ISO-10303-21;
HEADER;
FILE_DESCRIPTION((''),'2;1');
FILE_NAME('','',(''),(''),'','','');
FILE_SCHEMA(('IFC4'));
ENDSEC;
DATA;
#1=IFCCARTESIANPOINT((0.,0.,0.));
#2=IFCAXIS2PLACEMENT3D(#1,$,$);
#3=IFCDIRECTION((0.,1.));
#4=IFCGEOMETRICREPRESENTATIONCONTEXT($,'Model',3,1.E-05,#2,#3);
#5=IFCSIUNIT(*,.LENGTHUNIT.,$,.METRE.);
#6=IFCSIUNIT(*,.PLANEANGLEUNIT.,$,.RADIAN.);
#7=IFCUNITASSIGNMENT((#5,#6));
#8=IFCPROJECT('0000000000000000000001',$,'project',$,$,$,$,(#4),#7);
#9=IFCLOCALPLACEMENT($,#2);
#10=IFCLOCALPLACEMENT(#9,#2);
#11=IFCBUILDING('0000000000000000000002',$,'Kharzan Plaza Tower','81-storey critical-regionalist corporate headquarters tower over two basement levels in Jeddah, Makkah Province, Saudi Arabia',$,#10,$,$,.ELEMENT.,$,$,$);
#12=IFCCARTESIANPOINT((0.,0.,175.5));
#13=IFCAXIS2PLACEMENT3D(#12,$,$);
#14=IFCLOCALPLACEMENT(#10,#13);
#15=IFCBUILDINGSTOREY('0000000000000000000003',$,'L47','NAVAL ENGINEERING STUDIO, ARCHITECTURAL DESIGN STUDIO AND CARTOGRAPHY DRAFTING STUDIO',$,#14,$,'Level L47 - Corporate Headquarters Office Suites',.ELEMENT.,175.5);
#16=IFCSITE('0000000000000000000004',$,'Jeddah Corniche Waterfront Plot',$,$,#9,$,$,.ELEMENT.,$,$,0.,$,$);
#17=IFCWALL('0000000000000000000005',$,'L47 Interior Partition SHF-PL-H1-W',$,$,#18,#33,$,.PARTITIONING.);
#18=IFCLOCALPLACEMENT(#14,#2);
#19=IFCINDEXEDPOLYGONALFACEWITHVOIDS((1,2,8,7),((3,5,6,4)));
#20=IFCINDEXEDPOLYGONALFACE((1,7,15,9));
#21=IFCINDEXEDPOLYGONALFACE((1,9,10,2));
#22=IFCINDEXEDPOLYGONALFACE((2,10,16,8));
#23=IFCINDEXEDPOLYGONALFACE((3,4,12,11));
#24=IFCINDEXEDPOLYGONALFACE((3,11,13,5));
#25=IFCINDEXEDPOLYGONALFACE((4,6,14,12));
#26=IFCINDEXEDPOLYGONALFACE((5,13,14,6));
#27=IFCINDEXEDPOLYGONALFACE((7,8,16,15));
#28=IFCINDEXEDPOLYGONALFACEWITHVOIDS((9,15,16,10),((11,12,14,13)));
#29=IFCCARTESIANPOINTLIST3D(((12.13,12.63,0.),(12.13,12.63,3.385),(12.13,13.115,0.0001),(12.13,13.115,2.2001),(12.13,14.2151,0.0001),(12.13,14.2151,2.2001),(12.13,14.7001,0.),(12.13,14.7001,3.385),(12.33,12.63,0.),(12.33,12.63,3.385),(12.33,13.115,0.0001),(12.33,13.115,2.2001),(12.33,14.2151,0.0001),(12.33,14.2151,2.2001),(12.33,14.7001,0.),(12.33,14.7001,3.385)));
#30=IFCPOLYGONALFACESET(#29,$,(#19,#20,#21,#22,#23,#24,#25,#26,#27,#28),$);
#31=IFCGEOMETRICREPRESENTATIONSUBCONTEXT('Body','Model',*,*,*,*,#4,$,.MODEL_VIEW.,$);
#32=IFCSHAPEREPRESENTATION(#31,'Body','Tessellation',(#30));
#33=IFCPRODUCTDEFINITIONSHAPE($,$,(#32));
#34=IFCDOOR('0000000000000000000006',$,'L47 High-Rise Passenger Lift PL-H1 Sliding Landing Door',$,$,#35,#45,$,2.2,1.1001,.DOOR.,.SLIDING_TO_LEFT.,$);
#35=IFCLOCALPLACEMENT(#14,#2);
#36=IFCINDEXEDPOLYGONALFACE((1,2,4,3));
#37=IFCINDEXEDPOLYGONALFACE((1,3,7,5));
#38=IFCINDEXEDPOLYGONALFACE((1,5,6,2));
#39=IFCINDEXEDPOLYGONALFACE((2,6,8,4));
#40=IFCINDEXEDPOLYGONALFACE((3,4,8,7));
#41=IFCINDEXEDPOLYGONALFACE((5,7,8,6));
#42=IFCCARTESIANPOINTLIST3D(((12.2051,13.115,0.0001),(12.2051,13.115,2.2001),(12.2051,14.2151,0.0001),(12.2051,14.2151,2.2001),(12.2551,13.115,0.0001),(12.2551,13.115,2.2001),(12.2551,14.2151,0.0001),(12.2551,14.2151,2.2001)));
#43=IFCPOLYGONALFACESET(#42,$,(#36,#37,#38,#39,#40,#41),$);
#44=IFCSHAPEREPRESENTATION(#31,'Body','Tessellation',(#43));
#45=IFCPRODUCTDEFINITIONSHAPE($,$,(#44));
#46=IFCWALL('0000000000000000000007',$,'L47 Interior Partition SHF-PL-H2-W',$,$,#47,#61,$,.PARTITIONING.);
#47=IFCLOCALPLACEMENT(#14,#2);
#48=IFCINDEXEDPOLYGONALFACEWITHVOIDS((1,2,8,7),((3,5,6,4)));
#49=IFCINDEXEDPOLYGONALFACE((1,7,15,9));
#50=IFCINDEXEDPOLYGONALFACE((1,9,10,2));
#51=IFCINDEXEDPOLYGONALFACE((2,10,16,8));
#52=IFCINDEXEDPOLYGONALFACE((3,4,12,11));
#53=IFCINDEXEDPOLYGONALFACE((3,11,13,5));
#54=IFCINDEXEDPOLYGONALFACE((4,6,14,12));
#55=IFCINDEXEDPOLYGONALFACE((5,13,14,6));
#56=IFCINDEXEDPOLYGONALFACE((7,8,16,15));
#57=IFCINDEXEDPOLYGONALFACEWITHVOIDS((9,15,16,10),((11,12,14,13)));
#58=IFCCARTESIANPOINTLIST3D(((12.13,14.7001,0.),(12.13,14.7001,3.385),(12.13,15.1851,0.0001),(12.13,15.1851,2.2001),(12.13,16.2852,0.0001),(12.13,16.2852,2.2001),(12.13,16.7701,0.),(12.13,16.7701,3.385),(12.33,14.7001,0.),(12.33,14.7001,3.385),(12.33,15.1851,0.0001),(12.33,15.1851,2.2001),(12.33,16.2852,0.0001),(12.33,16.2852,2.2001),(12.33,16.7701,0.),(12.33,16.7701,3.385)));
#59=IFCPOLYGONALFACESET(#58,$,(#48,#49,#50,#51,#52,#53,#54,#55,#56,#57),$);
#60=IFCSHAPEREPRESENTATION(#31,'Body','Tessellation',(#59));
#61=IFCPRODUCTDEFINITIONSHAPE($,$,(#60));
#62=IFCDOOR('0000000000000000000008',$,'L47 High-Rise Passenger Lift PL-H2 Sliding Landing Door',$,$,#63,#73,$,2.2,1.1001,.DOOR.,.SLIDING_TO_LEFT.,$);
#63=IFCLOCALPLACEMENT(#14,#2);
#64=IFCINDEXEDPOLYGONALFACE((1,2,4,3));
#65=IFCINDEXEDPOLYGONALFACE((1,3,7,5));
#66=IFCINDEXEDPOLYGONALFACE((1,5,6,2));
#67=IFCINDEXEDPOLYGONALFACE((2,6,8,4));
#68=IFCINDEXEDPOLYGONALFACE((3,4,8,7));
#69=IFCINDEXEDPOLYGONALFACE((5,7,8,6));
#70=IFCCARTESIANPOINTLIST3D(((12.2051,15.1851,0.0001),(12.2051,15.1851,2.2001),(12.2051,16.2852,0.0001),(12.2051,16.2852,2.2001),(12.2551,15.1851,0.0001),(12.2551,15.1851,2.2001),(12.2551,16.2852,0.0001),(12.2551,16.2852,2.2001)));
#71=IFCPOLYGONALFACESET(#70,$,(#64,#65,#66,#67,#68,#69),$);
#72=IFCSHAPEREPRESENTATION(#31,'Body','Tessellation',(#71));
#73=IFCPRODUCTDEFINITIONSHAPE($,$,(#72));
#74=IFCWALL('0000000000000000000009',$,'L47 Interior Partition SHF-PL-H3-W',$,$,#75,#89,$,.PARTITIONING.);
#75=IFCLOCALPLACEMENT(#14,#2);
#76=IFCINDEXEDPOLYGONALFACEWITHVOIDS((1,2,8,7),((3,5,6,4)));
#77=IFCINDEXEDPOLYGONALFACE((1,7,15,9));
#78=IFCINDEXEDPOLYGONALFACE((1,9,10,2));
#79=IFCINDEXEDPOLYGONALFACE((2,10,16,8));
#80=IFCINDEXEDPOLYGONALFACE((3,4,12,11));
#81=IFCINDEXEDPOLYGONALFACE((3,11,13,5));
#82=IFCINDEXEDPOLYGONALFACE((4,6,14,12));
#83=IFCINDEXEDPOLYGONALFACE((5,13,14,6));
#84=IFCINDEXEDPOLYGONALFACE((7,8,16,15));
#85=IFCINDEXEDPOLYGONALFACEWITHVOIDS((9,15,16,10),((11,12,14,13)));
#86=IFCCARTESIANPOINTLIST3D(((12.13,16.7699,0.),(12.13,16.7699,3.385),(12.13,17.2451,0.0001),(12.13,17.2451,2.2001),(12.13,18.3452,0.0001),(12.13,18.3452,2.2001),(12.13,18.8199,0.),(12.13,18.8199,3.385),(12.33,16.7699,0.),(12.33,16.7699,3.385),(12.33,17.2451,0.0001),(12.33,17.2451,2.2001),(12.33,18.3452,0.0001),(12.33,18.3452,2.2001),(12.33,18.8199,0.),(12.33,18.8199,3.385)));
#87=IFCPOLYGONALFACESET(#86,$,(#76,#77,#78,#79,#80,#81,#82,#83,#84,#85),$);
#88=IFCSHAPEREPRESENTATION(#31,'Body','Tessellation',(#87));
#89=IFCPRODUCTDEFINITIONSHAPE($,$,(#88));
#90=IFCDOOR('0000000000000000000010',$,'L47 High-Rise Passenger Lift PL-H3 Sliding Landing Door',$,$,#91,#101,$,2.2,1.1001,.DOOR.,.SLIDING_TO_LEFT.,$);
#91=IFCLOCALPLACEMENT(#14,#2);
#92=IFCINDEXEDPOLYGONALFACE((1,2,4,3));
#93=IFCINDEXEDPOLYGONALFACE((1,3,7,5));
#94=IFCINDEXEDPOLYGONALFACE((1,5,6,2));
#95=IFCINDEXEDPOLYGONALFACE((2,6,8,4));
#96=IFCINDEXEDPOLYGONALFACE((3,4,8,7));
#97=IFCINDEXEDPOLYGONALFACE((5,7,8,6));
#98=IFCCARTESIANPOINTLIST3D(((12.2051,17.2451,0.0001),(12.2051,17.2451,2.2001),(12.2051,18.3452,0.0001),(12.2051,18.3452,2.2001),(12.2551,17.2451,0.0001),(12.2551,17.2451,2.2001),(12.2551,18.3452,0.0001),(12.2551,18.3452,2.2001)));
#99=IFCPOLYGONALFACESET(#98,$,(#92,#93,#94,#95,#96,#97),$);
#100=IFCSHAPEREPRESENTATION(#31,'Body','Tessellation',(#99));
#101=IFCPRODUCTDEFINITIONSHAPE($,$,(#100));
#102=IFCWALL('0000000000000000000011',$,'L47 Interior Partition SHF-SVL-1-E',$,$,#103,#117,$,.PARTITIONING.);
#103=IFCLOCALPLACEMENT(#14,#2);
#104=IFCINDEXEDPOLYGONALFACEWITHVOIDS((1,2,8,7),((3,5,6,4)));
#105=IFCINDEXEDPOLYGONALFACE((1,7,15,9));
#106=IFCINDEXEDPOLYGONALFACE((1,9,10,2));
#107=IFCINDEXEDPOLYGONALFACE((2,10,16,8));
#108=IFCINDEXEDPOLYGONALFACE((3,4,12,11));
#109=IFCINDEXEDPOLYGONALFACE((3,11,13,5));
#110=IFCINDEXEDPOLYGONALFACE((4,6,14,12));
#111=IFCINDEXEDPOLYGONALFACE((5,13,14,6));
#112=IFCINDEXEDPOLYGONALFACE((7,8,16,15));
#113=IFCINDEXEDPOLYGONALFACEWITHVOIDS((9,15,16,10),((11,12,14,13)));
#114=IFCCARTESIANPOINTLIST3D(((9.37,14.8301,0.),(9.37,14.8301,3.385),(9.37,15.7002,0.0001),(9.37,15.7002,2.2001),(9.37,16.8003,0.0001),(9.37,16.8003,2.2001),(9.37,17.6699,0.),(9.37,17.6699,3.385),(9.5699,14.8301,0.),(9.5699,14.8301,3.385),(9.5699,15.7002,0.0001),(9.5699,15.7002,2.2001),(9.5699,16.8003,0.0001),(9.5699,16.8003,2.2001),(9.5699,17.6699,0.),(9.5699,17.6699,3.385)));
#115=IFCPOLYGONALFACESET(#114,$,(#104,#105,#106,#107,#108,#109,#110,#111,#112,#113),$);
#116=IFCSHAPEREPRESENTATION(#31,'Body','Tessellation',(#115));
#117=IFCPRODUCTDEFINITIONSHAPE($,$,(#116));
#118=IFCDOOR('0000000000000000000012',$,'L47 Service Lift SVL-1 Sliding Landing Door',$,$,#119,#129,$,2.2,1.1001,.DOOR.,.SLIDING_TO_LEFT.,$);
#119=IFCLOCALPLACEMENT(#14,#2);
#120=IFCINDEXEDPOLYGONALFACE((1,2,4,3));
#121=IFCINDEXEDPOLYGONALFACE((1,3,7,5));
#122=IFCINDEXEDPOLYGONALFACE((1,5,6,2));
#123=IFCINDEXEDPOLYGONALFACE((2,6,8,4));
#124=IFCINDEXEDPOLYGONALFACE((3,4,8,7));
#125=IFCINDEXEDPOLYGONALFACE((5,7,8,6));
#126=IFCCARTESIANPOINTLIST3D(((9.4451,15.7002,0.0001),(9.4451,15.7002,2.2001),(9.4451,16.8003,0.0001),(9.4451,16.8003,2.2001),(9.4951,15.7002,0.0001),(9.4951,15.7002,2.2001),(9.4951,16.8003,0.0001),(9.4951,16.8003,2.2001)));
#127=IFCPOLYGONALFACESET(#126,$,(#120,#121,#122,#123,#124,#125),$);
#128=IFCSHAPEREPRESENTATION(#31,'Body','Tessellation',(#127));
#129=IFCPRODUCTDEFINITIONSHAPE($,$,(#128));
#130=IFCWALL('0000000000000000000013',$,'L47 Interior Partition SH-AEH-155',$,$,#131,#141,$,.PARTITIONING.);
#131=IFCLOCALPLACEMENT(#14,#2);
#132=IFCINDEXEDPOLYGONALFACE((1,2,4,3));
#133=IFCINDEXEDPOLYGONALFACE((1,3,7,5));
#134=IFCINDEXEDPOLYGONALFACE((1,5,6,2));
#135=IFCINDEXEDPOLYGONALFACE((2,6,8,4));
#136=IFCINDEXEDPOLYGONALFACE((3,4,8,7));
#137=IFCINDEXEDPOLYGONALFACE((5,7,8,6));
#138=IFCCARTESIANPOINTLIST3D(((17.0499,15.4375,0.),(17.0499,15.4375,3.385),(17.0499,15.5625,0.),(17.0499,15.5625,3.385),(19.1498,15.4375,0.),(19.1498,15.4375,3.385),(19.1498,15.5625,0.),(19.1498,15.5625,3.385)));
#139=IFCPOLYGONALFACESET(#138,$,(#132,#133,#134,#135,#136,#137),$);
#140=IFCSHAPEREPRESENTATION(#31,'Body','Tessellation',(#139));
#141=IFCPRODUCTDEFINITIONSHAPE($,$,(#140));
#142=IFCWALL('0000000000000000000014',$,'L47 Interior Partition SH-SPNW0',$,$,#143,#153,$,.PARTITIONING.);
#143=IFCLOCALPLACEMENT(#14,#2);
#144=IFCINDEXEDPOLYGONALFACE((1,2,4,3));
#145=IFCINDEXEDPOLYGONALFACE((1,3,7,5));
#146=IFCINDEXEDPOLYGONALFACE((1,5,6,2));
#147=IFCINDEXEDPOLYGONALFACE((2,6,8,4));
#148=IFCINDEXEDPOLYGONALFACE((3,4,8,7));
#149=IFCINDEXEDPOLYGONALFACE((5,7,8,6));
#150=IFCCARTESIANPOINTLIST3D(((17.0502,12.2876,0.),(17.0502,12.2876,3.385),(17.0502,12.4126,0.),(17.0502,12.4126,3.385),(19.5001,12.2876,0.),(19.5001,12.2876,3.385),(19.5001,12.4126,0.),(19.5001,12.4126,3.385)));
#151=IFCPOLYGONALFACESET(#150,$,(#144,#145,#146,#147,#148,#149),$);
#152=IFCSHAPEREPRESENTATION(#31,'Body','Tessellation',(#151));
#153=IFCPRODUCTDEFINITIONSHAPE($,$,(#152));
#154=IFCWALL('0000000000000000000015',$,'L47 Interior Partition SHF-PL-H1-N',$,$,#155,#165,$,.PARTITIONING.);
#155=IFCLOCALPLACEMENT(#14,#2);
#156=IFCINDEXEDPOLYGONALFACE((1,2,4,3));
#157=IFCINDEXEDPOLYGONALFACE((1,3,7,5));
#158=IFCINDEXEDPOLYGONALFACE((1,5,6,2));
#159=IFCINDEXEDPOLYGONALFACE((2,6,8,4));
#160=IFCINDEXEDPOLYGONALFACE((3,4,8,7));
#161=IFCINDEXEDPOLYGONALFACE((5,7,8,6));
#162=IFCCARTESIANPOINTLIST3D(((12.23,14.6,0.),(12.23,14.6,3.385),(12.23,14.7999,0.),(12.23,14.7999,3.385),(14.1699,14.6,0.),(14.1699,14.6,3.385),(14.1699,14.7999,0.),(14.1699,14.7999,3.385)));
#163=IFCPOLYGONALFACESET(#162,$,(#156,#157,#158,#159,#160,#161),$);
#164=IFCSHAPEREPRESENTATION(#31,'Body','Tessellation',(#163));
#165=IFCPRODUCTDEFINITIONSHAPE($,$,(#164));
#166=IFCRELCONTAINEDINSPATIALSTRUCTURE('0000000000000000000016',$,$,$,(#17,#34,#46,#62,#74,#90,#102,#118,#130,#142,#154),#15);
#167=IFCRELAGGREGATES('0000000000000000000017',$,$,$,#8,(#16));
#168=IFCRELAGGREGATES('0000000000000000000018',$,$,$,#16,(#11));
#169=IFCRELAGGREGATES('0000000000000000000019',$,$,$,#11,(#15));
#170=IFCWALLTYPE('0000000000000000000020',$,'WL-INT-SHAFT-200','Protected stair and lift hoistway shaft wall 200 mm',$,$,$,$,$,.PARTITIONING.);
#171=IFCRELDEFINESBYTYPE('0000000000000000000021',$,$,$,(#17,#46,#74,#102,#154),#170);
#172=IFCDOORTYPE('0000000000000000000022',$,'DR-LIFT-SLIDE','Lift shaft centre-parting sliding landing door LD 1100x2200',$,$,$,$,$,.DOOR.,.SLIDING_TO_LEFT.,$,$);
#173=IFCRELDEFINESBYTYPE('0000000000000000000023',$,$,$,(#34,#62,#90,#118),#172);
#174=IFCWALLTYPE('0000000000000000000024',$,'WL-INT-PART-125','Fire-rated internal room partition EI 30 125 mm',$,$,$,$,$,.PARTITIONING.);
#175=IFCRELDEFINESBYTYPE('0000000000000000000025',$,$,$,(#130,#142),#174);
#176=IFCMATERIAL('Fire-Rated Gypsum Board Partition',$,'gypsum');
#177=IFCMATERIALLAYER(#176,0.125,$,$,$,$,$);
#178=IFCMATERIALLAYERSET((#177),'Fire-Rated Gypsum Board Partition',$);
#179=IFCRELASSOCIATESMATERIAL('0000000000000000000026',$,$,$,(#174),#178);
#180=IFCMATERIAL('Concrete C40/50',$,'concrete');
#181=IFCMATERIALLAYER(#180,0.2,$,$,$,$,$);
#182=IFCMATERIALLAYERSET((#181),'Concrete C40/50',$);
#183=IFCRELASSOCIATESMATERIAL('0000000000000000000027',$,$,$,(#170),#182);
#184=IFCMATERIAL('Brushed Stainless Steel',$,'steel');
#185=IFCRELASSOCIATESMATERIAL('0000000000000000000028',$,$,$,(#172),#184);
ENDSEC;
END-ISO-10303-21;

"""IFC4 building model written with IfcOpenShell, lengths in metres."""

from ifc_helpers import new_model, si_unit, direction, frame, frame_2d, origin, place, context, subcontext, project, spatial, rectangle, extrude, source, transform, mapped, material, layer, layer_set, type_object, element, fill, save


model = new_model("IFC4")

# Units and contexts
model_context = context("Model", 3, precision=1e-05, world=origin(), true_north=direction((0.0, 1.0)))
body_context = subcontext(model_context, "Body", "Model", "MODEL_VIEW")
ifc_project = project(units=[si_unit("LENGTHUNIT", "METRE"), si_unit("PLANEANGLEUNIT", "RADIAN")], contexts=[model_context])

# Site, building, storey
site_placement = place(None, origin())
site = spatial("IfcSite", under=ifc_project, at=site_placement, Name="Jeddah Corniche Waterfront Plot", CompositionType="ELEMENT", RefElevation=0.0)
building_placement = place(site_placement, origin())
building = spatial("IfcBuilding", under=site, at=building_placement, Name="Kharzan Plaza Tower", Description="81-storey critical-regionalist corporate headquarters tower over two basement levels in Jeddah, Makkah Province, Saudi Arabia", CompositionType="ELEMENT")
storey_placement = place(building_placement, frame((0.0, 0.0, 175.5)))
storey = spatial("IfcBuildingStorey", under=building, at=storey_placement, Name="L47", Description="NAVAL ENGINEERING STUDIO, ARCHITECTURAL DESIGN STUDIO AND CARTOGRAPHY DRAFTING STUDIO", LongName="Level L47 - Corporate Headquarters Office Suites", CompositionType="ELEMENT", Elevation=175.5)

# Walls, openings, doors
ifc_material_1 = material(Name="Fire-Rated Gypsum Board Partition", Category="gypsum")
ifc_layer_1 = layer(ifc_material_1, 0.125)
ifc_layer_set_1 = layer_set([ifc_layer_1], Name="Fire-Rated Gypsum Board Partition")
wall_type_1 = type_object("IfcWallType", Name="WL-INT-PART-125", Description="Fire-rated internal room partition EI 30 125 mm", PredefinedType="PARTITIONING", material=ifc_layer_set_1)
ifc_material_2 = material(Name="Concrete C40/50", Category="concrete")
ifc_layer_2 = layer(ifc_material_2, 0.2)
ifc_layer_set_2 = layer_set([ifc_layer_2], Name="Concrete C40/50")
wall_type_2 = type_object("IfcWallType", Name="WL-INT-SHAFT-200", Description="Protected stair and lift hoistway shaft wall 200 mm", PredefinedType="PARTITIONING", material=ifc_layer_set_2)
wall_1_placement = place(storey_placement, frame((12.23, 12.6299, 0.0), z_axis=(0.0, 0.0, 1.0), x_axis=(0.0, 1.0, 0.0)))
wall_1 = element("IfcWall", 1, at=wall_1_placement, inside=storey, type_object=wall_type_2, Name="L47 Interior Partition SHF-PL-H1-W", PredefinedType="PARTITIONING", context=body_context, shape_type="SweptSolid", body=[
    extrude(rectangle(XDim=2.0701, YDim=0.2, at=frame_2d((1.0352, 0.0))), origin(), (0.0, 0.0, 1.0), 3.385),
])
opening_1_placement = place(wall_1_placement, frame((0.4851, 0.0, 0.0)))
opening_1 = element("IfcOpeningElement", 2, at=opening_1_placement, cuts=wall_1, PredefinedType="OPENING", context=body_context, shape_type="SweptSolid", body=[
    extrude(rectangle(XDim=1.1001, YDim=2.2, at=frame_2d((0.55, 1.1001))), frame((0.0, 0.1099, 0.0), z_axis=(0.0, -1.0, 0.0), x_axis=(1.0, 0.0, 0.0)), (0.0, 0.0, 1.0), 0.22),
])
ifc_material_3 = material(Name="Brushed Stainless Steel", Category="steel")
door_type_1 = type_object("IfcDoorType", Name="DR-LIFT-SLIDE", Description="Lift shaft centre-parting sliding landing door LD 1100x2200", OperationType="SLIDING_TO_LEFT", PredefinedType="DOOR", material=ifc_material_3)
shared_shape_1 = source(origin(), body_context, "Body", "SweptSolid", [
    extrude(rectangle(XDim=1.1001, YDim=2.2, at=frame_2d((0.55, 1.1001))), frame((0.0, 0.0249, 0.0), z_axis=(0.0, -1.0, 0.0), x_axis=(1.0, 0.0, 0.0)), (0.0, 0.0, 1.0), 0.05),
])
door_1_placement = place(opening_1_placement, origin())
door_1 = element("IfcDoor", 3, at=door_1_placement, inside=storey, type_object=door_type_1, Name="L47 High-Rise Passenger Lift PL-H1 Sliding Landing Door", OperationType="SLIDING_TO_LEFT", OverallHeight=2.2, OverallWidth=1.1001, PredefinedType="DOOR", context=body_context, shape_type="MappedRepresentation", body=[
    mapped(shared_shape_1, transform((0.0, 0.0, 0.0), x_axis=(1.0, 0.0, 0.0), y_axis=(0.0, 1.0, 0.0), z_axis=(0.0, 0.0, 1.0))),
])
fill(opening_1, door_1)
wall_2_placement = place(storey_placement, frame((12.23, 14.7, 0.0), z_axis=(0.0, 0.0, 1.0), x_axis=(0.0, 1.0, 0.0)))
wall_2 = element("IfcWall", 4, at=wall_2_placement, inside=storey, type_object=wall_type_2, Name="L47 Interior Partition SHF-PL-H2-W", PredefinedType="PARTITIONING", context=body_context, shape_type="SweptSolid", body=[
    extrude(rectangle(XDim=2.0701, YDim=0.2, at=frame_2d((1.0352, 0.0))), origin(), (0.0, 0.0, 1.0), 3.385),
])
opening_2_placement = place(wall_2_placement, frame((0.4851, 0.0, 0.0)))
opening_2 = element("IfcOpeningElement", 5, at=opening_2_placement, cuts=wall_2, PredefinedType="OPENING", context=body_context, shape_type="SweptSolid", body=[
    extrude(rectangle(XDim=1.1001, YDim=2.2, at=frame_2d((0.55, 1.1001))), frame((0.0, 0.1099, 0.0), z_axis=(0.0, -1.0, 0.0), x_axis=(1.0, 0.0, 0.0)), (0.0, 0.0, 1.0), 0.22),
])
door_2_placement = place(opening_2_placement, origin())
door_2 = element("IfcDoor", 6, at=door_2_placement, inside=storey, type_object=door_type_1, Name="L47 High-Rise Passenger Lift PL-H2 Sliding Landing Door", OperationType="SLIDING_TO_LEFT", OverallHeight=2.2, OverallWidth=1.1001, PredefinedType="DOOR", context=body_context, shape_type="MappedRepresentation", body=[
    mapped(shared_shape_1, transform((0.0, 0.0, 0.0), x_axis=(1.0, 0.0, 0.0), y_axis=(0.0, 1.0, 0.0), z_axis=(0.0, 0.0, 1.0))),
])
fill(opening_2, door_2)
wall_3_placement = place(storey_placement, frame((12.23, 16.77, 0.0), z_axis=(0.0, 0.0, 1.0), x_axis=(0.0, 1.0, 0.0)))
wall_3 = element("IfcWall", 7, at=wall_3_placement, inside=storey, type_object=wall_type_2, Name="L47 Interior Partition SHF-PL-H3-W", PredefinedType="PARTITIONING", context=body_context, shape_type="SweptSolid", body=[
    extrude(rectangle(XDim=2.05, YDim=0.2, at=frame_2d((1.0249, 0.0))), origin(), (0.0, 0.0, 1.0), 3.385),
])
opening_3_placement = place(wall_3_placement, frame((0.4751, 0.0, 0.0)))
opening_3 = element("IfcOpeningElement", 8, at=opening_3_placement, cuts=wall_3, PredefinedType="OPENING", context=body_context, shape_type="SweptSolid", body=[
    extrude(rectangle(XDim=1.1001, YDim=2.2, at=frame_2d((0.55, 1.1001))), frame((0.0, 0.1099, 0.0), z_axis=(0.0, -1.0, 0.0), x_axis=(1.0, 0.0, 0.0)), (0.0, 0.0, 1.0), 0.22),
])
door_3_placement = place(opening_3_placement, origin())
door_3 = element("IfcDoor", 9, at=door_3_placement, inside=storey, type_object=door_type_1, Name="L47 High-Rise Passenger Lift PL-H3 Sliding Landing Door", OperationType="SLIDING_TO_LEFT", OverallHeight=2.2, OverallWidth=1.1001, PredefinedType="DOOR", context=body_context, shape_type="MappedRepresentation", body=[
    mapped(shared_shape_1, transform((0.0, 0.0, 0.0), x_axis=(1.0, 0.0, 0.0), y_axis=(0.0, 1.0, 0.0), z_axis=(0.0, 0.0, 1.0))),
])
fill(opening_3, door_3)
wall_4_placement = place(storey_placement, frame((9.47, 14.8301, 0.0), z_axis=(0.0, 0.0, 1.0), x_axis=(0.0, 1.0, 0.0)))
wall_4 = element("IfcWall", 10, at=wall_4_placement, inside=storey, type_object=wall_type_2, Name="L47 Interior Partition SHF-SVL-1-E", PredefinedType="PARTITIONING", context=body_context, shape_type="SweptSolid", body=[
    extrude(rectangle(XDim=2.8398, YDim=0.2, at=frame_2d((1.4199, 0.0))), origin(), (0.0, 0.0, 1.0), 3.385),
])
opening_4_placement = place(wall_4_placement, frame((0.8701, 0.0, 0.0)))
opening_4 = element("IfcOpeningElement", 11, at=opening_4_placement, cuts=wall_4, PredefinedType="OPENING", context=body_context, shape_type="SweptSolid", body=[
    extrude(rectangle(XDim=1.1001, YDim=2.2, at=frame_2d((0.55, 1.1001))), frame((0.0, 0.1099, 0.0), z_axis=(0.0, -1.0, 0.0), x_axis=(1.0, 0.0, 0.0)), (0.0, 0.0, 1.0), 0.22),
])
door_4_placement = place(opening_4_placement, origin())
door_4 = element("IfcDoor", 12, at=door_4_placement, inside=storey, type_object=door_type_1, Name="L47 Service Lift SVL-1 Sliding Landing Door", OperationType="SLIDING_TO_LEFT", OverallHeight=2.2, OverallWidth=1.1001, PredefinedType="DOOR", context=body_context, shape_type="MappedRepresentation", body=[
    mapped(shared_shape_1, transform((0.0, 0.0, 0.0), x_axis=(1.0, 0.0, 0.0), y_axis=(0.0, 1.0, 0.0), z_axis=(0.0, 0.0, 1.0))),
])
fill(opening_4, door_4)

# Walls
shared_shape_2 = source(origin(), body_context, "Body", "SweptSolid", [
    extrude(rectangle(XDim=2.0999, YDim=0.125, at=frame_2d((1.0498, 0.0))), origin(), (0.0, 0.0, 1.0), 3.385),
])
wall_5_placement = place(storey_placement, frame((17.05, 15.5, 0.0), z_axis=(0.0, 0.0, 1.0), x_axis=(1.0, 0.0, 0.0)))
element("IfcWall", 13, at=wall_5_placement, inside=storey, type_object=wall_type_1, Name="L47 Interior Partition SH-AEH-155", PredefinedType="PARTITIONING", context=body_context, shape_type="MappedRepresentation", body=[
    mapped(shared_shape_2, transform((0.0, 0.0, 0.0), x_axis=(1.0, 0.0, 0.0), y_axis=(0.0, 1.0, 0.0), z_axis=(0.0, 0.0, 1.0))),
])
shared_shape_3 = source(origin(), body_context, "Body", "SweptSolid", [
    extrude(rectangle(XDim=2.45, YDim=0.125, at=frame_2d((1.2251, 0.0))), origin(), (0.0, 0.0, 1.0), 3.385),
])
wall_6_placement = place(storey_placement, frame((17.05, 12.3501, 0.0), z_axis=(0.0, 0.0, 1.0), x_axis=(1.0, 0.0, 0.0)))
element("IfcWall", 14, at=wall_6_placement, inside=storey, type_object=wall_type_1, Name="L47 Interior Partition SH-SPNW0", PredefinedType="PARTITIONING", context=body_context, shape_type="MappedRepresentation", body=[
    mapped(shared_shape_3, transform((0.0, 0.0, 0.0), x_axis=(1.0, 0.0, 0.0), y_axis=(0.0, 1.0, 0.0), z_axis=(0.0, 0.0, 1.0))),
])
shared_shape_4 = source(origin(), body_context, "Body", "SweptSolid", [
    extrude(rectangle(XDim=1.9399, YDim=0.2, at=frame_2d((0.97, 0.0))), origin(), (0.0, 0.0, 1.0), 3.385),
])
for number, where, z_axis, x_axis, name in (
    (15, (12.23, 14.7, 0.0), (0.0, 0.0, 1.0), (1.0, 0.0, 0.0), "L47 Interior Partition SHF-PL-H1-N"),
):
    element("IfcWall", number, at=place(storey_placement, frame(where, z_axis=z_axis, x_axis=x_axis)), inside=storey, type_object=wall_type_2, Name=name, PredefinedType="PARTITIONING", context=body_context, shape_type="MappedRepresentation", body=[
        mapped(shared_shape_4, transform((0.0, 0.0, 0.0), x_axis=(1.0, 0.0, 0.0), y_axis=(0.0, 1.0, 0.0), z_axis=(0.0, 0.0, 1.0))),
    ])

save(model, "model.ifc")
